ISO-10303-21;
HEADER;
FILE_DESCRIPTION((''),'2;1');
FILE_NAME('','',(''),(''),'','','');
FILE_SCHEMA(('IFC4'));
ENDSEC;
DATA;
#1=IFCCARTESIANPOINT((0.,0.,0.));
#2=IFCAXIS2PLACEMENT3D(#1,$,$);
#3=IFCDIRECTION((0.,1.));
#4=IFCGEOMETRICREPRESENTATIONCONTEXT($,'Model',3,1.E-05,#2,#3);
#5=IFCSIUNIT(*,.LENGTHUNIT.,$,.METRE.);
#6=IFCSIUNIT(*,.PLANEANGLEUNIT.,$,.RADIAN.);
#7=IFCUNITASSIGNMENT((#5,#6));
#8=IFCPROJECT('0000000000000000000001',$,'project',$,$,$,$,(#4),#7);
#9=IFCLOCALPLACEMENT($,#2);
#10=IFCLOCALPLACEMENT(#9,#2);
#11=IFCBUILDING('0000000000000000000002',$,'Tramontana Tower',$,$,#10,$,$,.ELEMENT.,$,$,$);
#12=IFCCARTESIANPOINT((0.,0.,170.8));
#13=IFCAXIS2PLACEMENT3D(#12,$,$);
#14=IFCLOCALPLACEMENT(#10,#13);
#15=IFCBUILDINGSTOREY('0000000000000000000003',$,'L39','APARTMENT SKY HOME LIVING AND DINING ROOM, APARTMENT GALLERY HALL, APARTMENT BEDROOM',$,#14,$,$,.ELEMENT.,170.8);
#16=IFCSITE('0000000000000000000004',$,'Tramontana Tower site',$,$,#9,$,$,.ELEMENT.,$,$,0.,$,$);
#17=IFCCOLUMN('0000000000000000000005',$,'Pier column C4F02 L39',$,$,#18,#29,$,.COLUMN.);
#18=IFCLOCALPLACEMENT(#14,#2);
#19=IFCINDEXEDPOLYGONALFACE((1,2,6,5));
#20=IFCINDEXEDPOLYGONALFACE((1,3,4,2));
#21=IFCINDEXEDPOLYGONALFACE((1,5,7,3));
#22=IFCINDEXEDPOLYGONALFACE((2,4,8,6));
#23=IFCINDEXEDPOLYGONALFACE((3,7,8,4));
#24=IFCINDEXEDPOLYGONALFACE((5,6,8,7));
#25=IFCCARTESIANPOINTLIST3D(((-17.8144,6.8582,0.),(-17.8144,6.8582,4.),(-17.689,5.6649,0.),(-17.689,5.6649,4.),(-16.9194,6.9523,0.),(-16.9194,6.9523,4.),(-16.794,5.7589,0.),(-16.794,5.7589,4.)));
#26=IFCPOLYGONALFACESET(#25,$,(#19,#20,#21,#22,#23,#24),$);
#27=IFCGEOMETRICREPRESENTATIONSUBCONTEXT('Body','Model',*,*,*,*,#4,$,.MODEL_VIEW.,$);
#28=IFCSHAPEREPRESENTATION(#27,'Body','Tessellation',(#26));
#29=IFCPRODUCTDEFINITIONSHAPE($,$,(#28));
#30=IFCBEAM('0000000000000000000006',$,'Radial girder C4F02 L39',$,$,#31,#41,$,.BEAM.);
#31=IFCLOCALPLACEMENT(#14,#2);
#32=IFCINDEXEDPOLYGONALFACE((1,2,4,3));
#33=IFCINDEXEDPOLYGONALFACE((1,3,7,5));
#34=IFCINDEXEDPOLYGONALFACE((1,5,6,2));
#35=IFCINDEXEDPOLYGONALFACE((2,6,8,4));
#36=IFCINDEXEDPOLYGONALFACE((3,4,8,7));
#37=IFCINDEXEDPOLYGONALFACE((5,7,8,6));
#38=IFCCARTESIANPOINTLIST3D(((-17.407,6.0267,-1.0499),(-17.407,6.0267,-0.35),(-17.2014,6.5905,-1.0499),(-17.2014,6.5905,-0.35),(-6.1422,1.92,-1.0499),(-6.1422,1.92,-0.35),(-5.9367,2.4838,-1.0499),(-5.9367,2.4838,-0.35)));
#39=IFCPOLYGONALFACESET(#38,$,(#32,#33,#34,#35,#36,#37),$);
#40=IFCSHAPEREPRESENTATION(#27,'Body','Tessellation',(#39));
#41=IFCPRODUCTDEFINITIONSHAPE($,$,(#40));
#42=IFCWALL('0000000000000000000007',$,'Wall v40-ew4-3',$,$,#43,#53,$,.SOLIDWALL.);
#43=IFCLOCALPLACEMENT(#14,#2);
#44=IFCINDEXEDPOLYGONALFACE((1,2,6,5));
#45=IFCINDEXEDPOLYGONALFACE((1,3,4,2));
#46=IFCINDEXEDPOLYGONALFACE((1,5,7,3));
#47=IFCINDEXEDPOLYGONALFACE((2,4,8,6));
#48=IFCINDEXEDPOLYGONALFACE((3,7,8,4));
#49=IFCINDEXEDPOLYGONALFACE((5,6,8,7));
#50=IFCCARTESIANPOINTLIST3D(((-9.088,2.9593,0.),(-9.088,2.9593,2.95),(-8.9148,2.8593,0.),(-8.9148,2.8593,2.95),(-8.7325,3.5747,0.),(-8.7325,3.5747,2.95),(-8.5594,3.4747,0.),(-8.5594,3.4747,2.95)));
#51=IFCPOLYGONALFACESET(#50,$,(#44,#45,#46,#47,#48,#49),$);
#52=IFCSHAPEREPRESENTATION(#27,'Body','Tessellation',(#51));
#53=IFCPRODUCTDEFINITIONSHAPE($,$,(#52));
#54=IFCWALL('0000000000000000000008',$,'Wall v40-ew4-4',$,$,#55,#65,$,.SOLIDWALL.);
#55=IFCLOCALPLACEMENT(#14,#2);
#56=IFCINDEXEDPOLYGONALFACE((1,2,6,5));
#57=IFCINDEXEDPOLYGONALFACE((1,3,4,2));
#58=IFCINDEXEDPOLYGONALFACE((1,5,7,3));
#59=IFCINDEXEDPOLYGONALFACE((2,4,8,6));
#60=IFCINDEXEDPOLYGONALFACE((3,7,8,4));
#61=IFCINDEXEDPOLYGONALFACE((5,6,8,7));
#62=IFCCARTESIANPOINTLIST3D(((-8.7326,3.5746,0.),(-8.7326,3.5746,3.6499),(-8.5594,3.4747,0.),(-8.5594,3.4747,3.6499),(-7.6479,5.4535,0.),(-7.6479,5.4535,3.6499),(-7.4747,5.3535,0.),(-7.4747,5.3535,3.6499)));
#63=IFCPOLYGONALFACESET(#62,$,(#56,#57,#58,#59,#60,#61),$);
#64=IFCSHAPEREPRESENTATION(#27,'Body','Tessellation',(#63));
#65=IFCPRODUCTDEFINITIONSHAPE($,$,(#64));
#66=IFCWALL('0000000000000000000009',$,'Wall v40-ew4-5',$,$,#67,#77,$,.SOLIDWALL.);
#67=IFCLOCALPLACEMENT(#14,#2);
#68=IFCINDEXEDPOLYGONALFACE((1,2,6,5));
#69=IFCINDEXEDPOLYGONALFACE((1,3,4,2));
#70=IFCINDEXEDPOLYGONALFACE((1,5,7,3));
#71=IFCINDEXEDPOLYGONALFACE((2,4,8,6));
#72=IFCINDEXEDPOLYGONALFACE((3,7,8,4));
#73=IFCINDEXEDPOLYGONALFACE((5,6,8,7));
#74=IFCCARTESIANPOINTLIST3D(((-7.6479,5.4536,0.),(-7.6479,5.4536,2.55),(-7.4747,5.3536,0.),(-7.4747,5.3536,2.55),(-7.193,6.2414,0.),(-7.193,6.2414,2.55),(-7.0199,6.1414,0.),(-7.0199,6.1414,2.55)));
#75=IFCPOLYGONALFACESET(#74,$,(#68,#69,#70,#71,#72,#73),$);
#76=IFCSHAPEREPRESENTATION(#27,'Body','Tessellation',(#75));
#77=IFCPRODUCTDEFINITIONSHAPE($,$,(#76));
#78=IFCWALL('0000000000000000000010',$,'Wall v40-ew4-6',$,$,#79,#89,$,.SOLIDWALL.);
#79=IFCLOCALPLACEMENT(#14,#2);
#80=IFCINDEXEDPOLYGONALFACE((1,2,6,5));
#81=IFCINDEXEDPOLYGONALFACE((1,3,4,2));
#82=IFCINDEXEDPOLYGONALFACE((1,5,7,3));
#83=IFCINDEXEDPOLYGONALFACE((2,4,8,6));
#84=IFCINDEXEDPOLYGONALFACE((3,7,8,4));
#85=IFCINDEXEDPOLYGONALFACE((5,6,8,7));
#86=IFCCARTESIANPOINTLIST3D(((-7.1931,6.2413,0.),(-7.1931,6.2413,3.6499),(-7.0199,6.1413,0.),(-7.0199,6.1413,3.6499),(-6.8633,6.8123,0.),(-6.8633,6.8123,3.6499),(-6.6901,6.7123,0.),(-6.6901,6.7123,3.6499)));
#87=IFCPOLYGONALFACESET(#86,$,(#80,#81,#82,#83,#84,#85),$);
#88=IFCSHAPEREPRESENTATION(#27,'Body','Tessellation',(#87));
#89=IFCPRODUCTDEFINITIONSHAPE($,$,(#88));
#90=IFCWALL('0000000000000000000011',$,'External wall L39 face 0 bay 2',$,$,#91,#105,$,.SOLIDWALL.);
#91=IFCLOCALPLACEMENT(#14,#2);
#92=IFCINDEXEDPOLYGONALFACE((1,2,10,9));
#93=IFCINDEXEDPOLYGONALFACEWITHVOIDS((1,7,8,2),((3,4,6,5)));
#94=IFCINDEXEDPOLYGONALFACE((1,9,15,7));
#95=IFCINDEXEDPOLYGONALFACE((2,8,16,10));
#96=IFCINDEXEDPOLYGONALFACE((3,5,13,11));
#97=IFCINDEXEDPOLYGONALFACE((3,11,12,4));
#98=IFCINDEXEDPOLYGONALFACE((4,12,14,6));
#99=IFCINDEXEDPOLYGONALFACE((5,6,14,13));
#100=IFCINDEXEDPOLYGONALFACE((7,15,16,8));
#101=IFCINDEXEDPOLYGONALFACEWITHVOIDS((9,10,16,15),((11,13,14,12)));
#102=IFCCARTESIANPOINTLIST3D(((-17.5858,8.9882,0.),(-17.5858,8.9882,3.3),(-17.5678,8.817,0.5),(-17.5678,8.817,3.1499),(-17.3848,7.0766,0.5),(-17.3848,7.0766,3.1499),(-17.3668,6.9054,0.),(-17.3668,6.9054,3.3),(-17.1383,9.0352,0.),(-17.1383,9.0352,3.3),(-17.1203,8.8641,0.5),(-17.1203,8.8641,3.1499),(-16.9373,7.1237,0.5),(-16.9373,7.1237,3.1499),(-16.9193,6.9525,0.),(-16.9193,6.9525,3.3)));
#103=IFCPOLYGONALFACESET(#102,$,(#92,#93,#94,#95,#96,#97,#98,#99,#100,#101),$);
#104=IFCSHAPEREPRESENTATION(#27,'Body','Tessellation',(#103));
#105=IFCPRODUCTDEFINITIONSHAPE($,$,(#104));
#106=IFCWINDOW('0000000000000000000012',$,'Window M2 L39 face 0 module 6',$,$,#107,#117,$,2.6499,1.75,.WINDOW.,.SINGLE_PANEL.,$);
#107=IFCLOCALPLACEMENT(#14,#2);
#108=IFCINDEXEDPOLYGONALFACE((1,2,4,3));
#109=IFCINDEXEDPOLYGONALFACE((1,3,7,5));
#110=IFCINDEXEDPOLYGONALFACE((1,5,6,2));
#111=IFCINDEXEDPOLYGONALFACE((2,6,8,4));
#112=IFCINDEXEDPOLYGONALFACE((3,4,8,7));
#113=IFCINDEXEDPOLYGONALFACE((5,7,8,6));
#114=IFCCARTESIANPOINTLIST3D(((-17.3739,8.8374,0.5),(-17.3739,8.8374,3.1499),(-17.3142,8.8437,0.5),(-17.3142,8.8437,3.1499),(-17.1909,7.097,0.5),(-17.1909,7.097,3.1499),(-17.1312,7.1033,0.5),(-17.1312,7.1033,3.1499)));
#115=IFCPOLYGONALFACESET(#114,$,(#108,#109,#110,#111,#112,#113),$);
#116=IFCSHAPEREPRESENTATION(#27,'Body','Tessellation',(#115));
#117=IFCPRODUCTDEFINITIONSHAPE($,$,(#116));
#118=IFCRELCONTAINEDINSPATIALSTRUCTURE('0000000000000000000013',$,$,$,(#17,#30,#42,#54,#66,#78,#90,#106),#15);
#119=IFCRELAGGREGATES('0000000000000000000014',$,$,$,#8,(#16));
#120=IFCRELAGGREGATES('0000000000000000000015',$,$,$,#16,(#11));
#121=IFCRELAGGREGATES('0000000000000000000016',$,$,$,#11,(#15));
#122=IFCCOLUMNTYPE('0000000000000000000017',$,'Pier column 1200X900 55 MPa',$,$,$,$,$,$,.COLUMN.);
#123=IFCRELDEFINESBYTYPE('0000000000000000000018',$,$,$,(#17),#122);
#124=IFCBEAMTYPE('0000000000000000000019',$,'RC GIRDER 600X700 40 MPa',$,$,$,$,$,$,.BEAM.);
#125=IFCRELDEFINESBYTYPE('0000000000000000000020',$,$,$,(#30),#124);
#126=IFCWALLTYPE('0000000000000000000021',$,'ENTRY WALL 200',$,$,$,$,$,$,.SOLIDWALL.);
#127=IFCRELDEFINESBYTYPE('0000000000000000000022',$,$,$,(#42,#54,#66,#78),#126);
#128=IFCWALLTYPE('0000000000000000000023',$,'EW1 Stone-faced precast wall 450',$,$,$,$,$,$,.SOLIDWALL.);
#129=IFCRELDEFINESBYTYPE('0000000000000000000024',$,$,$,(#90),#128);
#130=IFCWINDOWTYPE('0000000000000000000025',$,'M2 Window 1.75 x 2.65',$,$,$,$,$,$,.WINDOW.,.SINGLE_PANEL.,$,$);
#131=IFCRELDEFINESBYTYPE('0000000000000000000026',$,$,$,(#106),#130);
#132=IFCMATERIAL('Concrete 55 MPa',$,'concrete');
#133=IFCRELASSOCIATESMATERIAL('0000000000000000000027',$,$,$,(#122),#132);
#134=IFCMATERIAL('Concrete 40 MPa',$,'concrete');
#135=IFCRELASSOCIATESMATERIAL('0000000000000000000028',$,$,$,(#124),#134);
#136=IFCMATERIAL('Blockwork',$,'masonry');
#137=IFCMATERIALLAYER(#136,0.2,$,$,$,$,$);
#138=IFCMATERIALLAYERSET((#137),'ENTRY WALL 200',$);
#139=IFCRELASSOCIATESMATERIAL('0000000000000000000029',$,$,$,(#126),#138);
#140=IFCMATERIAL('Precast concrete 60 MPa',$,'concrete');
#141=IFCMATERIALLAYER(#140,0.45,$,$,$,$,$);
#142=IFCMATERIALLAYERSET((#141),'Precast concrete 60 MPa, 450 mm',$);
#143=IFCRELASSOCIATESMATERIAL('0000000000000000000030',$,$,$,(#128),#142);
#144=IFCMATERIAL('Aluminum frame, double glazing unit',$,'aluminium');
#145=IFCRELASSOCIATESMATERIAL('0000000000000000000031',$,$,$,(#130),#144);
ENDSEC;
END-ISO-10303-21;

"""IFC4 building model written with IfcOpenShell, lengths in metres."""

from ifc_helpers import new_model, si_unit, direction, frame, frame_2d, origin, origin_2d, place, context, subcontext, project, spatial, rectangle, extrude, material, layer, layer_set, material_profile, profile_set, type_object, element, fill, save


model = new_model("IFC4")

# Units and contexts
model_context = context("Model", 3, precision=1e-05, world=origin(), true_north=direction((0.0, 1.0)))
body_context = subcontext(model_context, "Body", "Model", "MODEL_VIEW")
ifc_project = project(units=[si_unit("LENGTHUNIT", "METRE"), si_unit("PLANEANGLEUNIT", "RADIAN")], contexts=[model_context])

# Site, building, storey
site_placement = place(None, origin())
site = spatial("IfcSite", under=ifc_project, at=site_placement, Name="Tramontana Tower site", CompositionType="ELEMENT", RefElevation=0.0)
building_placement = place(site_placement, origin())
building = spatial("IfcBuilding", under=site, at=building_placement, Name="Tramontana Tower", CompositionType="ELEMENT")
storey_placement = place(building_placement, frame((0.0, 0.0, 170.8)))
storey = spatial("IfcBuildingStorey", under=building, at=storey_placement, Name="L39", Description="APARTMENT SKY HOME LIVING AND DINING ROOM, APARTMENT GALLERY HALL, APARTMENT BEDROOM", CompositionType="ELEMENT", Elevation=170.8)

# Column
ifc_material_1 = material(Name="Concrete 55 MPa", Category="concrete")
ifc_material_profile_1 = material_profile(ifc_material_1, rectangle(XDim=1.2, YDim=0.8999, at=origin_2d()), Name="Pier column 1200X900 55 MPa")
ifc_profile_set_1 = profile_set([ifc_material_profile_1], Name="Concrete 55 MPa")
column_type = type_object("IfcColumnType", Name="Pier column 1200X900 55 MPa", PredefinedType="COLUMN", material=ifc_profile_set_1)
column_placement = place(storey_placement, frame((-17.3042, 6.3086, 0.0), z_axis=(0.0, 0.0, 1.0), x_axis=(0.104528, -0.994522, 0.0)))
element("IfcColumn", 1, at=column_placement, inside=storey, type_object=column_type, Name="Pier column C4F02 L39", PredefinedType="COLUMN", context=body_context, shape_type="SweptSolid", body=[
    extrude(rectangle(XDim=1.2, YDim=0.8999, at=origin_2d()), origin(), (0.0, 0.0, 1.0), 4.0),
])

# Beam
ifc_material_2 = material(Name="Concrete 40 MPa", Category="concrete")
ifc_material_profile_2 = material_profile(ifc_material_2, rectangle(XDim=0.6001, YDim=0.7, at=origin_2d()), Name="RC GIRDER 600X700 40 MPa")
ifc_profile_set_2 = profile_set([ifc_material_profile_2], Name="Concrete 40 MPa")
beam_type = type_object("IfcBeamType", Name="RC GIRDER 600X700 40 MPa", PredefinedType="BEAM", material=ifc_profile_set_2)
beam_placement = place(storey_placement, frame((-17.3042, 6.3086, -0.7), z_axis=(0.939513, -0.342513, 0.0), x_axis=(0.342513, 0.939513, 0.0)))
element("IfcBeam", 2, at=beam_placement, inside=storey, type_object=beam_type, Name="Radial girder C4F02 L39", PredefinedType="BEAM", context=body_context, shape_type="SweptSolid", body=[
    extrude(rectangle(XDim=0.6001, YDim=0.7, at=origin_2d()), origin(), (0.0, 0.0, 1.0), 11.99),
])

# Walls
ifc_material_3 = material(Name="Blockwork", Category="masonry")
ifc_layer_1 = layer(ifc_material_3, 0.2)
ifc_layer_set_1 = layer_set([ifc_layer_1], Name="ENTRY WALL 200")
wall_type_1 = type_object("IfcWallType", Name="ENTRY WALL 200", PredefinedType="SOLIDWALL", material=ifc_layer_set_1)
wall_1_placement = place(storey_placement, frame((-9.0015, 2.9092, 0.0), z_axis=(0.0, 0.0, 1.0), x_axis=(0.500129, 0.865951, 0.0)))
element("IfcWall", 3, at=wall_1_placement, inside=storey, type_object=wall_type_1, Name="Wall v40-ew4-3", PredefinedType="SOLIDWALL", context=body_context, shape_type="SweptSolid", body=[
    extrude(rectangle(XDim=0.7107, YDim=0.2, at=frame_2d((0.3555, 0.0))), origin(), (0.0, 0.0, 1.0), 2.95),
])
wall_2_placement = place(storey_placement, frame((-8.646, 3.5247, 0.0), z_axis=(0.0, 0.0, 1.0), x_axis=(0.499976, 0.866039, 0.0)))
element("IfcWall", 4, at=wall_2_placement, inside=storey, type_object=wall_type_1, Name="Wall v40-ew4-4", PredefinedType="SOLIDWALL", context=body_context, shape_type="SweptSolid", body=[
    extrude(rectangle(XDim=2.1694, YDim=0.2, at=frame_2d((1.0847, 0.0))), origin(), (0.0, 0.0, 1.0), 3.6499),
])
wall_3_placement = place(storey_placement, frame((-7.5613, 5.4036, 0.0), z_axis=(0.0, 0.0, 1.0), x_axis=(0.499978, 0.866038, 0.0)))
element("IfcWall", 5, at=wall_3_placement, inside=storey, type_object=wall_type_1, Name="Wall v40-ew4-5", PredefinedType="SOLIDWALL", context=body_context, shape_type="SweptSolid", body=[
    extrude(rectangle(XDim=0.9097, YDim=0.2, at=frame_2d((0.4548, 0.0))), origin(), (0.0, 0.0, 1.0), 2.55),
])
wall_4_placement = place(storey_placement, frame((-7.1064, 6.1914, 0.0), z_axis=(0.0, 0.0, 1.0), x_axis=(0.50016, 0.865933, 0.0)))
element("IfcWall", 6, at=wall_4_placement, inside=storey, type_object=wall_type_1, Name="Wall v40-ew4-6", PredefinedType="SOLIDWALL", context=body_context, shape_type="SweptSolid", body=[
    extrude(rectangle(XDim=0.6594, YDim=0.2, at=frame_2d((0.3296, 0.0))), origin(), (0.0, 0.0, 1.0), 3.6499),
])

# Wall, opening, window
ifc_material_4 = material(Name="Precast concrete 60 MPa", Category="concrete")
ifc_layer_2 = layer(ifc_material_4, 0.45)
ifc_layer_set_2 = layer_set([ifc_layer_2], Name="Precast concrete 60 MPa, 450 mm")
wall_type_2 = type_object("IfcWallType", Name="EW1 Stone-faced precast wall 450", PredefinedType="SOLIDWALL", material=ifc_layer_set_2)
wall_5_placement = place(storey_placement, frame((-17.3621, 9.0117, 0.0), z_axis=(0.0, 0.0, 1.0), x_axis=(0.104569, -0.994518, 0.0)))
wall_5 = element("IfcWall", 7, at=wall_5_placement, inside=storey, type_object=wall_type_2, Name="External wall L39 face 0 bay 2", PredefinedType="SOLIDWALL", context=body_context, shape_type="SweptSolid", body=[
    extrude(rectangle(XDim=2.0942, YDim=0.45, at=frame_2d((1.0471, 0.0))), origin(), (0.0, 0.0, 1.0), 3.3),
])
opening_1_placement = place(wall_5_placement, frame((0.1721, 0.0, 0.5)))
opening_1 = element("IfcOpeningElement", 8, at=opening_1_placement, cuts=wall_5, PredefinedType="OPENING", context=body_context, shape_type="SweptSolid", body=[
    extrude(rectangle(XDim=1.75, YDim=2.6499, at=frame_2d((0.875, 1.325))), frame((0.0, 0.2349, 0.0), z_axis=(0.0, -1.0, 0.0), x_axis=(1.0, 0.0, 0.0)), (0.0, 0.0, 1.0), 0.47),
])
ifc_material_5 = material(Name="Aluminum frame, double glazing unit", Category="aluminium")
window_type = type_object("IfcWindowType", Name="M2 Window 1.75 x 2.65", PartitioningType="SINGLE_PANEL", PredefinedType="WINDOW", material=ifc_material_5)
window_1_placement = place(opening_1_placement, origin())
window_1 = element("IfcWindow", 9, at=window_1_placement, inside=storey, type_object=window_type, Name="Window M2 L39 face 0 module 6", OverallHeight=2.6499, OverallWidth=1.75, PartitioningType="SINGLE_PANEL", PredefinedType="WINDOW", context=body_context, shape_type="SweptSolid", body=[
    extrude(rectangle(XDim=1.75, YDim=2.6499, at=frame_2d((0.875, 1.325))), frame((0.0, 0.03, 0.0), z_axis=(0.0, -1.0, 0.0), x_axis=(1.0, 0.0, 0.0)), (0.0, 0.0, 1.0), 0.0601),
])
fill(opening_1, window_1)

save(model, "model.ifc")
